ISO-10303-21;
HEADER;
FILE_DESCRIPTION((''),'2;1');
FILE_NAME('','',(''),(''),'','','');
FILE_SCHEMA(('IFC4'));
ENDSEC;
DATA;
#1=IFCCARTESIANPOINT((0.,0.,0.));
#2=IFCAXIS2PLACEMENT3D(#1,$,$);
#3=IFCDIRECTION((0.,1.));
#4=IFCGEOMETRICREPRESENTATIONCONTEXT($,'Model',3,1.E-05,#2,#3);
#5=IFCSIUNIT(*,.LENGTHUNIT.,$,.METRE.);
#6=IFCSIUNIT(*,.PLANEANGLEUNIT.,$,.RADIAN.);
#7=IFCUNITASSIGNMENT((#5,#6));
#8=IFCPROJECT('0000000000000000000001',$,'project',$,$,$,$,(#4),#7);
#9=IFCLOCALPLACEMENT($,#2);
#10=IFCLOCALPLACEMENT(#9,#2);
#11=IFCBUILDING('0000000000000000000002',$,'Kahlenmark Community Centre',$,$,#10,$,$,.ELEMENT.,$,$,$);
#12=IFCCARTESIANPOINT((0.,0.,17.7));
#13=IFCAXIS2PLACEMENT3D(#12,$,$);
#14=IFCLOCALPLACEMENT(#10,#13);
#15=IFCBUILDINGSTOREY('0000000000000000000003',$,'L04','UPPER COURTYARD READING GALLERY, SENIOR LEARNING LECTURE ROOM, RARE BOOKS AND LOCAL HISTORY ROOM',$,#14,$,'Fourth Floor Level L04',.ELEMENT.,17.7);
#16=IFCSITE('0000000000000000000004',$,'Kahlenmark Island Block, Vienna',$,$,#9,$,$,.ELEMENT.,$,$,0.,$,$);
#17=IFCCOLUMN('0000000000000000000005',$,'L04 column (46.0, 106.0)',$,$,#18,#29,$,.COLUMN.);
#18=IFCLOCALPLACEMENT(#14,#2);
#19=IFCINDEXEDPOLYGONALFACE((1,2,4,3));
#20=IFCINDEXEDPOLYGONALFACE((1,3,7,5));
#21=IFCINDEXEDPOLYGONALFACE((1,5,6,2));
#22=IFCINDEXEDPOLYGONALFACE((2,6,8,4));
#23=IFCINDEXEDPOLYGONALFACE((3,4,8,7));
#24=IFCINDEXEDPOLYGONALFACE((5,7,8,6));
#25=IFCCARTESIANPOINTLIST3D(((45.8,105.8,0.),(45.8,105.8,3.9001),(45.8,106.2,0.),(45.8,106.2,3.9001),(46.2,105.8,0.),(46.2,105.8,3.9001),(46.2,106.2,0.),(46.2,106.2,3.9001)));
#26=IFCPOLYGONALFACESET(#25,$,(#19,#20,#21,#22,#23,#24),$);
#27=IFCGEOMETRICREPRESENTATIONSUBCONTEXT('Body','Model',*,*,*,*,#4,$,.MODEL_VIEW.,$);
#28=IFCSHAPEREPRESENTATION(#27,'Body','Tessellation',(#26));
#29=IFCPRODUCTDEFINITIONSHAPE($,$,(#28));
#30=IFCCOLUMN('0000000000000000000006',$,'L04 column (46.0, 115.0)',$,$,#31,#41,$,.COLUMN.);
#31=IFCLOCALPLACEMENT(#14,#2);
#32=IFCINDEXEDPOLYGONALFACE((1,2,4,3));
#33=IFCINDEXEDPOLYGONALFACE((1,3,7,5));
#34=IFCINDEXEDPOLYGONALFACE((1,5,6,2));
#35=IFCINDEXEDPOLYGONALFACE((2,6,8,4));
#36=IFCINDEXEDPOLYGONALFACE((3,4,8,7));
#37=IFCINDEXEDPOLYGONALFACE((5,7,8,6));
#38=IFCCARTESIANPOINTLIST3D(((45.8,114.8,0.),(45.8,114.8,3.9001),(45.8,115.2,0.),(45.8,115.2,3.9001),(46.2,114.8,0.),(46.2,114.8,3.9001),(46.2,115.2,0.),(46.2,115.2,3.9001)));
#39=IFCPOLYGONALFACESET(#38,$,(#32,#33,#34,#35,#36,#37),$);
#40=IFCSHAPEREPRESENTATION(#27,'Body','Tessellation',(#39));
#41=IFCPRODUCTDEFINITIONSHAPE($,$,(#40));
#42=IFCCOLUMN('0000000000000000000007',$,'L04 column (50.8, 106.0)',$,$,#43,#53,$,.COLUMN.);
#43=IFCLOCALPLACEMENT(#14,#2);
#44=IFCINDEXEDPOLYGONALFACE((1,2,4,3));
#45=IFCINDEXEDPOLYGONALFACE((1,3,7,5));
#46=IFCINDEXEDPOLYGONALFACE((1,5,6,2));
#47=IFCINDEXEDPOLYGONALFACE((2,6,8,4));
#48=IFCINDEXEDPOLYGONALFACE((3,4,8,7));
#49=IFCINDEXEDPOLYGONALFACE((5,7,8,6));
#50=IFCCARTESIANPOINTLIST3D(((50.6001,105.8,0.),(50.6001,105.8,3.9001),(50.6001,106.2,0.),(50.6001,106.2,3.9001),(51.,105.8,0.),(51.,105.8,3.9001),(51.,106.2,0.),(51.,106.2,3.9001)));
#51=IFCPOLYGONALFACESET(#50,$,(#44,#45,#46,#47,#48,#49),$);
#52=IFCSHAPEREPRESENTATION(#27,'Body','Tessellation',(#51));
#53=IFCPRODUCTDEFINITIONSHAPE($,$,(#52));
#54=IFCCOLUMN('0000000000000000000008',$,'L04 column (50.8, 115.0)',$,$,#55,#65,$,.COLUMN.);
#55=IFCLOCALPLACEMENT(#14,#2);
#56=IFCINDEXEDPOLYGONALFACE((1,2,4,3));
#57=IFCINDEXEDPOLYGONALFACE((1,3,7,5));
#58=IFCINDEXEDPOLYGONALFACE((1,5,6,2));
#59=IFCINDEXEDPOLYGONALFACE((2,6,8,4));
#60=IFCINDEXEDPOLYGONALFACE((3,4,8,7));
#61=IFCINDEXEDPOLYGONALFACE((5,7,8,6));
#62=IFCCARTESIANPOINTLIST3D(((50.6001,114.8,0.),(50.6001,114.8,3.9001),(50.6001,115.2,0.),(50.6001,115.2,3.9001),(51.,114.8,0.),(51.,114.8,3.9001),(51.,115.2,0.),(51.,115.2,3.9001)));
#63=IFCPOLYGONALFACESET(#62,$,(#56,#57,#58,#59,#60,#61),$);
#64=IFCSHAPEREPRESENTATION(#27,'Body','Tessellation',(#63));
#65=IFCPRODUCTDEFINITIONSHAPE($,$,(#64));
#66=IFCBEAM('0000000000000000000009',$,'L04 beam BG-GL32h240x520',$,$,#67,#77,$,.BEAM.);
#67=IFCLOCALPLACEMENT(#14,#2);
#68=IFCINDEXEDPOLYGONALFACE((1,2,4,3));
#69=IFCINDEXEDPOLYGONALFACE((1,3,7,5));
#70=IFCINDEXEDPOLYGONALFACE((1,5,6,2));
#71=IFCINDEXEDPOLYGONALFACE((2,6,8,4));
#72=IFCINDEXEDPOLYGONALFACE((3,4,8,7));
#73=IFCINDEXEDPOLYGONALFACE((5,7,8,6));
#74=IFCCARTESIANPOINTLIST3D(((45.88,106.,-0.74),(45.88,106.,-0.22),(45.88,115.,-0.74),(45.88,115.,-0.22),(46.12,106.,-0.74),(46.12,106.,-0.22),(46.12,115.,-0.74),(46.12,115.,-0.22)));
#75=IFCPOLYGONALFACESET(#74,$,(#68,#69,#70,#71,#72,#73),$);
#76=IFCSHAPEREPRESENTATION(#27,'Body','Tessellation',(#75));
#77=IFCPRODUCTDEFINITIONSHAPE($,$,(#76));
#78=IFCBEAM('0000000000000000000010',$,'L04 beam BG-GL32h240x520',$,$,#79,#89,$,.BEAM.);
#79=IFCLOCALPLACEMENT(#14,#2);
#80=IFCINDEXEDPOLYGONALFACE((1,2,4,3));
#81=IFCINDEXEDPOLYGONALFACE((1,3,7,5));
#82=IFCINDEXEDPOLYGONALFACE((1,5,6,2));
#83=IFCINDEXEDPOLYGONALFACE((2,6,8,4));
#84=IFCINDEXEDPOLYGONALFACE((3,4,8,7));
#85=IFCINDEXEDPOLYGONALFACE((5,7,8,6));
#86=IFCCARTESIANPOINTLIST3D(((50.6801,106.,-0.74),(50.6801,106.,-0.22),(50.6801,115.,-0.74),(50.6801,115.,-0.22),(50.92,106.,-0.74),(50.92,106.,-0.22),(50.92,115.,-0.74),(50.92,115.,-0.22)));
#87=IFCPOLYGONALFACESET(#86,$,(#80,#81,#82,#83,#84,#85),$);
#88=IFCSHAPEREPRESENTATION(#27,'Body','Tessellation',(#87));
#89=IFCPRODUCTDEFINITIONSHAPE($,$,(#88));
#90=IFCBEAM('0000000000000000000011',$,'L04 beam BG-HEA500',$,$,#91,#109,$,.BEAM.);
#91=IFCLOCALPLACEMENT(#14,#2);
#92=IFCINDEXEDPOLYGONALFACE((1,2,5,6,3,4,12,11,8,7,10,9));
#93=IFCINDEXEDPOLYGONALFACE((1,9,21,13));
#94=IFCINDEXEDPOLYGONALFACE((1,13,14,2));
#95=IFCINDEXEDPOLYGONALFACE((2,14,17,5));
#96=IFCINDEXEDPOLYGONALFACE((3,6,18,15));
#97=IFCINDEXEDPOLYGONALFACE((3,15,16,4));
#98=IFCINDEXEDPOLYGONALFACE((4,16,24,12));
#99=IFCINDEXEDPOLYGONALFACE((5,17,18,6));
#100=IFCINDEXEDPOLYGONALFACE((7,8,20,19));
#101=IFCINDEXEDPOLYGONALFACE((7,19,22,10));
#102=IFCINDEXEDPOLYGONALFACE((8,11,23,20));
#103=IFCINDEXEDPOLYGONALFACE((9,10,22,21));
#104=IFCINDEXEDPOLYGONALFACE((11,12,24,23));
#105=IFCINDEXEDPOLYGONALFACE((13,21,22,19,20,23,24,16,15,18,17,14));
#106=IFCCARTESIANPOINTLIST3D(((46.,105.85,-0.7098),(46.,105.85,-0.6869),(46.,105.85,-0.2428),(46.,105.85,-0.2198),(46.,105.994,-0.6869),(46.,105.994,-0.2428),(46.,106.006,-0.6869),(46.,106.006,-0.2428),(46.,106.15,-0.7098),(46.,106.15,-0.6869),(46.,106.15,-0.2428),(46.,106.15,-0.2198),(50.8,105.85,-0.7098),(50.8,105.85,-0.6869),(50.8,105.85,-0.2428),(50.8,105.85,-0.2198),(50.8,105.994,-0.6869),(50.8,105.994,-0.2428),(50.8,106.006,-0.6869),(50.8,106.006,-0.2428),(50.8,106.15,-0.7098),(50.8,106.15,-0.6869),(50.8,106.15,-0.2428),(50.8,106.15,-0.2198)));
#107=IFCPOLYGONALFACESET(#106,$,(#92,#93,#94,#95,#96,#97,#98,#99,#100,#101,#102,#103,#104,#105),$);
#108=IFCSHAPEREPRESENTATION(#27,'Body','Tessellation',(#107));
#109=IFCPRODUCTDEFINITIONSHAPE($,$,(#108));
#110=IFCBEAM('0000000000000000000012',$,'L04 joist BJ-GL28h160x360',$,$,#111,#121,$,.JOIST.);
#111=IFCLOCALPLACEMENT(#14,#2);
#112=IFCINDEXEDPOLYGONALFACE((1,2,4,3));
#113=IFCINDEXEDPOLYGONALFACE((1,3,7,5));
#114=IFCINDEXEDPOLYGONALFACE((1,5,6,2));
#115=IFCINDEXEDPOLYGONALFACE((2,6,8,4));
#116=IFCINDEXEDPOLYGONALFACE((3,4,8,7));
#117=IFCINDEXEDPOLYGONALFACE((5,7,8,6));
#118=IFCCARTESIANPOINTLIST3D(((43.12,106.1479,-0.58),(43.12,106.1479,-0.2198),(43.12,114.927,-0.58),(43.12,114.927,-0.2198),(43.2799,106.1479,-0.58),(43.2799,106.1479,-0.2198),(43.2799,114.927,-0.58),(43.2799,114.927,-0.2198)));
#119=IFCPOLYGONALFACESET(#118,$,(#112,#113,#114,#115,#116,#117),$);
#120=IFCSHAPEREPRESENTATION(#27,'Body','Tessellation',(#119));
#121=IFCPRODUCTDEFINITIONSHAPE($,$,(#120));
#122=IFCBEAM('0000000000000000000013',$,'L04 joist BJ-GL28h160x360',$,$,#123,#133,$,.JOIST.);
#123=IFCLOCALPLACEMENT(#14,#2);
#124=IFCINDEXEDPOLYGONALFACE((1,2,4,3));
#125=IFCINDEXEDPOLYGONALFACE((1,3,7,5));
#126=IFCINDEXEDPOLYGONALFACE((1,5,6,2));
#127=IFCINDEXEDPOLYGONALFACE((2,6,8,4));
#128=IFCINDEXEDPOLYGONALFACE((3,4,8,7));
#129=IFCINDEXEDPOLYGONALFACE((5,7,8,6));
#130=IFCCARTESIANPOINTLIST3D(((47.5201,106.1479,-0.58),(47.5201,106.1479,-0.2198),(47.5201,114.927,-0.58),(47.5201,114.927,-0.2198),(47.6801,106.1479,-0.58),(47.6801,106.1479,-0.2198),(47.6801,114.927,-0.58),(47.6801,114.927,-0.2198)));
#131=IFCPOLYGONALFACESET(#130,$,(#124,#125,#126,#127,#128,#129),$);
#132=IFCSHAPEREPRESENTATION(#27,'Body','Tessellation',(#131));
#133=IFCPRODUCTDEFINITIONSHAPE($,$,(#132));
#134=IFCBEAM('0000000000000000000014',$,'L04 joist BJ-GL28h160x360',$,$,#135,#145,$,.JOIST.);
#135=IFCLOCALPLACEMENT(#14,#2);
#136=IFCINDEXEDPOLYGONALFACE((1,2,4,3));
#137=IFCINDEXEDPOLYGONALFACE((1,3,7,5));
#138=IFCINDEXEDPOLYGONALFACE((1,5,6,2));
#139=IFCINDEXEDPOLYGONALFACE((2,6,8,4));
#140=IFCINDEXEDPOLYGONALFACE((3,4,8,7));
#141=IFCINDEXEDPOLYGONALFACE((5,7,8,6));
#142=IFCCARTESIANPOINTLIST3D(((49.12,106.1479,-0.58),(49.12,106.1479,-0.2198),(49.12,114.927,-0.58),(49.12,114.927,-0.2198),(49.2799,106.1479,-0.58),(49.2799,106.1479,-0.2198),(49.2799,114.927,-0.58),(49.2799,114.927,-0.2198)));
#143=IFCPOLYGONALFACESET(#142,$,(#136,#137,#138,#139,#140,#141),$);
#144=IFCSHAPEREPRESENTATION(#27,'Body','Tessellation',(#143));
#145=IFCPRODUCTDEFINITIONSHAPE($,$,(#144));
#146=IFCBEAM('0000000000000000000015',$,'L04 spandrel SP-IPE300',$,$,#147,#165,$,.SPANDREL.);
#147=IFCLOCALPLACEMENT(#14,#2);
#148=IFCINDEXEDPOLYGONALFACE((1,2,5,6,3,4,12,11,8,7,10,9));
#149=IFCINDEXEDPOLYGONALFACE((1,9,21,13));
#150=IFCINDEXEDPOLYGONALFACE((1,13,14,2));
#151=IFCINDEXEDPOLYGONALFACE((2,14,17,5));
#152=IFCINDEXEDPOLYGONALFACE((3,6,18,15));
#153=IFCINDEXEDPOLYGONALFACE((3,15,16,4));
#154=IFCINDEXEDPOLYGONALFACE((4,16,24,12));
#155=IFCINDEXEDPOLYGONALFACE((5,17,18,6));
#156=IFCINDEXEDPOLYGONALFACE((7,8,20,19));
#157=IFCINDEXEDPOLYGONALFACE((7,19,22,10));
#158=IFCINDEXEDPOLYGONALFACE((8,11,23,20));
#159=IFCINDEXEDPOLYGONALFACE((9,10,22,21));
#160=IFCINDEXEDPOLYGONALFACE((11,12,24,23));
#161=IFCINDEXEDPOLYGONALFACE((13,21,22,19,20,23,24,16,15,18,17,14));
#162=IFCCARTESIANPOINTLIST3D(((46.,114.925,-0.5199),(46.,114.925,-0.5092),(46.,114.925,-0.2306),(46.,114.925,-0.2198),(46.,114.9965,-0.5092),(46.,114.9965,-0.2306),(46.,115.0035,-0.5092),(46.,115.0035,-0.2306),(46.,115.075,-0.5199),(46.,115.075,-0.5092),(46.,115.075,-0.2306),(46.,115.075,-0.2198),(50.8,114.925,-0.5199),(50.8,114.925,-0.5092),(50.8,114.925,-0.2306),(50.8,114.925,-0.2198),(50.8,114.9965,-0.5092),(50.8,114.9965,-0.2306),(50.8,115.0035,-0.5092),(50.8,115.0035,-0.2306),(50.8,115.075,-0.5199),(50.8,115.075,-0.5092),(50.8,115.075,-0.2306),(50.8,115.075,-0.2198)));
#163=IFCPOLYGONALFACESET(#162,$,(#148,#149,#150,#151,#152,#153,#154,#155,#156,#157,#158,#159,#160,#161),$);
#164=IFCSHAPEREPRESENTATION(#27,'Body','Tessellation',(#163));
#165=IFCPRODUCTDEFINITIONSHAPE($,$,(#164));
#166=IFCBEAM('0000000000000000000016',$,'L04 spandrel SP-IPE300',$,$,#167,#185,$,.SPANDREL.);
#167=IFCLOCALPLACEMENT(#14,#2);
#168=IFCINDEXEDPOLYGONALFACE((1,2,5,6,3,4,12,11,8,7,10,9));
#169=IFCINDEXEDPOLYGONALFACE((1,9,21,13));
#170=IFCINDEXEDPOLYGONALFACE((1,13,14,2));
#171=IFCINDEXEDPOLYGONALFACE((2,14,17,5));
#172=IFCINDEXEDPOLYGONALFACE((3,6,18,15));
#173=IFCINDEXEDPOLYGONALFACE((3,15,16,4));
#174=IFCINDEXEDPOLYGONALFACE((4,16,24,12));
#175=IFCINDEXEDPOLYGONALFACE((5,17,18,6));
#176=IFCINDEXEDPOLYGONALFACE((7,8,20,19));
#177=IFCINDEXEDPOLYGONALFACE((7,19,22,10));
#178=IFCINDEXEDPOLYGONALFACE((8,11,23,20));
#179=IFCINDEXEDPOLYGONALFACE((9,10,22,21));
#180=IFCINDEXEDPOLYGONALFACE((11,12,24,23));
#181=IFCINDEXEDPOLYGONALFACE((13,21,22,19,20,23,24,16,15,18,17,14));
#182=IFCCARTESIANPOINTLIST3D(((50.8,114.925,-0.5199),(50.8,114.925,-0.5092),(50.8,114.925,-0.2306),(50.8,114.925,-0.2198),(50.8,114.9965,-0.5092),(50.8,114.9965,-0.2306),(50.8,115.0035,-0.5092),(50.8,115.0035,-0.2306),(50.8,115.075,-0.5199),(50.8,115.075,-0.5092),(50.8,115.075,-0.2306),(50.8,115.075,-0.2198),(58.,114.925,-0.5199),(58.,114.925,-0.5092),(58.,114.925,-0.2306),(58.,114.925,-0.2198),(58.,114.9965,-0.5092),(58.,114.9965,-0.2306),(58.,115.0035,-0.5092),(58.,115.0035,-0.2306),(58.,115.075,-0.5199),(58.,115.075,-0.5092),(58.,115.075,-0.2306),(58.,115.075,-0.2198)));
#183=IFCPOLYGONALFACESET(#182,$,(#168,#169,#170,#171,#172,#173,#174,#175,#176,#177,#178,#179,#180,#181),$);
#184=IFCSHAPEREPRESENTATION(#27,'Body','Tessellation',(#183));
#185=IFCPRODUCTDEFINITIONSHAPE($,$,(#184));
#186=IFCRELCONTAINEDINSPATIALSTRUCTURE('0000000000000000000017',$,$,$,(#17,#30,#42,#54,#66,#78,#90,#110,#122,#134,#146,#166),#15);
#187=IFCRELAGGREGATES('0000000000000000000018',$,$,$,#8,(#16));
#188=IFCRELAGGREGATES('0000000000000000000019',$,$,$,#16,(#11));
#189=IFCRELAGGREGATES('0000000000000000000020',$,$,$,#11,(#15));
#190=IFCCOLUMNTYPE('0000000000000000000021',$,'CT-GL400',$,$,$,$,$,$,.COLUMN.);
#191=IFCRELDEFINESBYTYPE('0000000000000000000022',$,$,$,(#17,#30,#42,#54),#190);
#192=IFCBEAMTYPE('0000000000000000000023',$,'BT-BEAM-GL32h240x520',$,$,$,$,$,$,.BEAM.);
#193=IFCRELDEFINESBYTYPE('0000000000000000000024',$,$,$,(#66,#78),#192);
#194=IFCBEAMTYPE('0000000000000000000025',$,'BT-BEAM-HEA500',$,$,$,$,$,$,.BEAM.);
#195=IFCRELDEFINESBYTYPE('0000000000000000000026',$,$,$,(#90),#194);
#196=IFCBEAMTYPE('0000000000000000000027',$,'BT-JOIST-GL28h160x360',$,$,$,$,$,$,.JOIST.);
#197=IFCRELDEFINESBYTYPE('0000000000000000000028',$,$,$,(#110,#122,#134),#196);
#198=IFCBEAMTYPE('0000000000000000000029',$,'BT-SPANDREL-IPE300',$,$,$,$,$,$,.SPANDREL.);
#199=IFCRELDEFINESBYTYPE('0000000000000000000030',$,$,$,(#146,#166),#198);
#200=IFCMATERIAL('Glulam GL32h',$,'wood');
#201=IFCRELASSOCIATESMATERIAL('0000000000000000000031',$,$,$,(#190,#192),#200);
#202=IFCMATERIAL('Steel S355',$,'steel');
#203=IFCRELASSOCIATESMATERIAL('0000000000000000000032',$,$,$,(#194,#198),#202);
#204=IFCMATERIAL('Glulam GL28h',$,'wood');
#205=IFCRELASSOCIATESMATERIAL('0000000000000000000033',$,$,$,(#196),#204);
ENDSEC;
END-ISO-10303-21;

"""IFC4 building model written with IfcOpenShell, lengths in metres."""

from ifc_helpers import new_model, si_unit, direction, frame, origin, origin_2d, place, context, subcontext, project, spatial, rectangle, i_section, extrude, material, material_profile, profile_set, type_object, element, save


model = new_model("IFC4")

# Units and contexts
model_context = context("Model", 3, precision=1e-05, world=origin(), true_north=direction((0.0, 1.0)))
body_context = subcontext(model_context, "Body", "Model", "MODEL_VIEW")
ifc_project = project(units=[si_unit("LENGTHUNIT", "METRE"), si_unit("PLANEANGLEUNIT", "RADIAN")], contexts=[model_context])

# Site, building, storey
site_placement = place(None, origin())
site = spatial("IfcSite", under=ifc_project, at=site_placement, Name="Kahlenmark Island Block, Vienna", CompositionType="ELEMENT", RefElevation=0.0)
building_placement = place(site_placement, origin())
building = spatial("IfcBuilding", under=site, at=building_placement, Name="Kahlenmark Community Centre", CompositionType="ELEMENT")
storey_placement = place(building_placement, frame((0.0, 0.0, 17.7)))
storey = spatial("IfcBuildingStorey", under=building, at=storey_placement, Name="L04", Description="UPPER COURTYARD READING GALLERY, SENIOR LEARNING LECTURE ROOM, RARE BOOKS AND LOCAL HISTORY ROOM", LongName="Fourth Floor Level L04", CompositionType="ELEMENT", Elevation=17.7)

# Columns
ifc_material_1 = material(Name="Glulam GL32h", Category="wood")
ifc_material_profile_1 = material_profile(ifc_material_1, rectangle(XDim=0.3999, YDim=0.3999, at=origin_2d()), Name="GL32h 400x400")
ifc_profile_set_1 = profile_set([ifc_material_profile_1], Name="Glulam GL32h")
column_type = type_object("IfcColumnType", Name="CT-GL400", PredefinedType="COLUMN", material=ifc_profile_set_1)
for number, where, z_axis, x_axis, name in (
    (1, (46.0, 106.0, 0.0), (0.0, 0.0, 1.0), (1.0, 0.0, 0.0), "L04 column (46.0, 106.0)"),
    (2, (46.0, 115.0, 0.0), (0.0, 0.0, 1.0), (1.0, 0.0, 0.0), "L04 column (46.0, 115.0)"),
    (3, (50.8, 106.0, 0.0), (0.0, 0.0, 1.0), (1.0, 0.0, 0.0), "L04 column (50.8, 106.0)"),
    (4, (50.8, 115.0, 0.0), (0.0, 0.0, 1.0), (1.0, 0.0, 0.0), "L04 column (50.8, 115.0)"),
):
    element("IfcColumn", number, at=place(storey_placement, frame(where, z_axis=z_axis, x_axis=x_axis)), inside=storey, type_object=column_type, Name=name, PredefinedType="COLUMN", context=body_context, shape_type="SweptSolid", body=[
        extrude(rectangle(XDim=0.3999, YDim=0.3999, at=origin_2d()), origin(), (0.0, 0.0, 1.0), 3.9001),
    ])

# Beams
ifc_material_profile_2 = material_profile(ifc_material_1, rectangle(XDim=0.24, YDim=0.52, at=origin_2d()), Name="GL32h 240x520")
ifc_profile_set_2 = profile_set([ifc_material_profile_2], Name="Glulam GL32h")
beam_type_1 = type_object("IfcBeamType", Name="BT-BEAM-GL32h240x520", PredefinedType="BEAM", material=ifc_profile_set_2)
for number, where, z_axis, x_axis, name in (
    (5, (46.0, 106.0, -0.48), (0.0, 1.0, 0.0), (-1.0, 0.0, 0.0), "L04 beam BG-GL32h240x520"),
    (6, (50.8, 106.0, -0.48), (0.0, 1.0, 0.0), (-1.0, 0.0, 0.0), "L04 beam BG-GL32h240x520"),
):
    element("IfcBeam", number, at=place(storey_placement, frame(where, z_axis=z_axis, x_axis=x_axis)), inside=storey, type_object=beam_type_1, Name=name, PredefinedType="BEAM", context=body_context, shape_type="SweptSolid", body=[
        extrude(rectangle(XDim=0.24, YDim=0.52, at=origin_2d()), origin(), (0.0, 0.0, 1.0), 9.0),
    ])
ifc_material_2 = material(Name="Steel S355", Category="steel")
ifc_material_profile_3 = material_profile(ifc_material_2, i_section(OverallWidth=0.3, OverallDepth=0.49, WebThickness=0.012, FlangeThickness=0.0229, at=origin_2d()), Name="HEA 500")
ifc_profile_set_3 = profile_set([ifc_material_profile_3], Name="Steel S355")
beam_type_2 = type_object("IfcBeamType", Name="BT-BEAM-HEA500", PredefinedType="BEAM", material=ifc_profile_set_3)
beam_1_placement = place(storey_placement, frame((46.0, 106.0, -0.4648), z_axis=(1.0, 0.0, 0.0), x_axis=(0.0, 1.0, 0.0)))
element("IfcBeam", 7, at=beam_1_placement, inside=storey, type_object=beam_type_2, Name="L04 beam BG-HEA500", PredefinedType="BEAM", context=body_context, shape_type="SweptSolid", body=[
    extrude(i_section(OverallWidth=0.3, OverallDepth=0.49, WebThickness=0.012, FlangeThickness=0.0229, at=origin_2d()), origin(), (0.0, 0.0, 1.0), 4.8),
])
ifc_material_3 = material(Name="Glulam GL28h", Category="wood")
ifc_material_profile_4 = material_profile(ifc_material_3, rectangle(XDim=0.1599, YDim=0.3601, at=origin_2d()), Name="GL28h 160x360")
ifc_profile_set_4 = profile_set([ifc_material_profile_4], Name="Glulam GL28h")
beam_type_3 = type_object("IfcBeamType", Name="BT-JOIST-GL28h160x360", PredefinedType="JOIST", material=ifc_profile_set_4)
for number, where, z_axis, x_axis, name in (
    (8, (43.2, 106.1479, -0.3999), (0.0, 1.0, 0.0), (-1.0, 0.0, 0.0), "L04 joist BJ-GL28h160x360"),
    (9, (47.6001, 106.1479, -0.3999), (0.0, 1.0, 0.0), (-1.0, 0.0, 0.0), "L04 joist BJ-GL28h160x360"),
    (10, (49.2, 106.1479, -0.3999), (0.0, 1.0, 0.0), (-1.0, 0.0, 0.0), "L04 joist BJ-GL28h160x360"),
):
    element("IfcBeam", number, at=place(storey_placement, frame(where, z_axis=z_axis, x_axis=x_axis)), inside=storey, type_object=beam_type_3, Name=name, PredefinedType="JOIST", context=body_context, shape_type="SweptSolid", body=[
        extrude(rectangle(XDim=0.1599, YDim=0.3601, at=origin_2d()), origin(), (0.0, 0.0, 1.0), 8.7791),
    ])
ifc_material_profile_5 = material_profile(ifc_material_2, i_section(OverallWidth=0.1499, OverallDepth=0.3, WebThickness=0.0071, FlangeThickness=0.0107, at=origin_2d()), Name="IPE 300")
ifc_profile_set_5 = profile_set([ifc_material_profile_5], Name="Steel S355")
beam_type_4 = type_object("IfcBeamType", Name="BT-SPANDREL-IPE300", PredefinedType="SPANDREL", material=ifc_profile_set_5)
beam_2_placement = place(storey_placement, frame((46.0, 115.0, -0.3699), z_axis=(1.0, 0.0, 0.0), x_axis=(0.0, 1.0, 0.0)))
element("IfcBeam", 11, at=beam_2_placement, inside=storey, type_object=beam_type_4, Name="L04 spandrel SP-IPE300", PredefinedType="SPANDREL", context=body_context, shape_type="SweptSolid", body=[
    extrude(i_section(OverallWidth=0.1499, OverallDepth=0.3, WebThickness=0.0071, FlangeThickness=0.0107, at=origin_2d()), origin(), (0.0, 0.0, 1.0), 4.8),
])
beam_3_placement = place(storey_placement, frame((50.8, 115.0, -0.3699), z_axis=(1.0, 0.0, 0.0), x_axis=(0.0, 1.0, 0.0)))
element("IfcBeam", 12, at=beam_3_placement, inside=storey, type_object=beam_type_4, Name="L04 spandrel SP-IPE300", PredefinedType="SPANDREL", context=body_context, shape_type="SweptSolid", body=[
    extrude(i_section(OverallWidth=0.1499, OverallDepth=0.3, WebThickness=0.0071, FlangeThickness=0.0107, at=origin_2d()), origin(), (0.0, 0.0, 1.0), 7.2),
])

save(model, "model.ifc")
